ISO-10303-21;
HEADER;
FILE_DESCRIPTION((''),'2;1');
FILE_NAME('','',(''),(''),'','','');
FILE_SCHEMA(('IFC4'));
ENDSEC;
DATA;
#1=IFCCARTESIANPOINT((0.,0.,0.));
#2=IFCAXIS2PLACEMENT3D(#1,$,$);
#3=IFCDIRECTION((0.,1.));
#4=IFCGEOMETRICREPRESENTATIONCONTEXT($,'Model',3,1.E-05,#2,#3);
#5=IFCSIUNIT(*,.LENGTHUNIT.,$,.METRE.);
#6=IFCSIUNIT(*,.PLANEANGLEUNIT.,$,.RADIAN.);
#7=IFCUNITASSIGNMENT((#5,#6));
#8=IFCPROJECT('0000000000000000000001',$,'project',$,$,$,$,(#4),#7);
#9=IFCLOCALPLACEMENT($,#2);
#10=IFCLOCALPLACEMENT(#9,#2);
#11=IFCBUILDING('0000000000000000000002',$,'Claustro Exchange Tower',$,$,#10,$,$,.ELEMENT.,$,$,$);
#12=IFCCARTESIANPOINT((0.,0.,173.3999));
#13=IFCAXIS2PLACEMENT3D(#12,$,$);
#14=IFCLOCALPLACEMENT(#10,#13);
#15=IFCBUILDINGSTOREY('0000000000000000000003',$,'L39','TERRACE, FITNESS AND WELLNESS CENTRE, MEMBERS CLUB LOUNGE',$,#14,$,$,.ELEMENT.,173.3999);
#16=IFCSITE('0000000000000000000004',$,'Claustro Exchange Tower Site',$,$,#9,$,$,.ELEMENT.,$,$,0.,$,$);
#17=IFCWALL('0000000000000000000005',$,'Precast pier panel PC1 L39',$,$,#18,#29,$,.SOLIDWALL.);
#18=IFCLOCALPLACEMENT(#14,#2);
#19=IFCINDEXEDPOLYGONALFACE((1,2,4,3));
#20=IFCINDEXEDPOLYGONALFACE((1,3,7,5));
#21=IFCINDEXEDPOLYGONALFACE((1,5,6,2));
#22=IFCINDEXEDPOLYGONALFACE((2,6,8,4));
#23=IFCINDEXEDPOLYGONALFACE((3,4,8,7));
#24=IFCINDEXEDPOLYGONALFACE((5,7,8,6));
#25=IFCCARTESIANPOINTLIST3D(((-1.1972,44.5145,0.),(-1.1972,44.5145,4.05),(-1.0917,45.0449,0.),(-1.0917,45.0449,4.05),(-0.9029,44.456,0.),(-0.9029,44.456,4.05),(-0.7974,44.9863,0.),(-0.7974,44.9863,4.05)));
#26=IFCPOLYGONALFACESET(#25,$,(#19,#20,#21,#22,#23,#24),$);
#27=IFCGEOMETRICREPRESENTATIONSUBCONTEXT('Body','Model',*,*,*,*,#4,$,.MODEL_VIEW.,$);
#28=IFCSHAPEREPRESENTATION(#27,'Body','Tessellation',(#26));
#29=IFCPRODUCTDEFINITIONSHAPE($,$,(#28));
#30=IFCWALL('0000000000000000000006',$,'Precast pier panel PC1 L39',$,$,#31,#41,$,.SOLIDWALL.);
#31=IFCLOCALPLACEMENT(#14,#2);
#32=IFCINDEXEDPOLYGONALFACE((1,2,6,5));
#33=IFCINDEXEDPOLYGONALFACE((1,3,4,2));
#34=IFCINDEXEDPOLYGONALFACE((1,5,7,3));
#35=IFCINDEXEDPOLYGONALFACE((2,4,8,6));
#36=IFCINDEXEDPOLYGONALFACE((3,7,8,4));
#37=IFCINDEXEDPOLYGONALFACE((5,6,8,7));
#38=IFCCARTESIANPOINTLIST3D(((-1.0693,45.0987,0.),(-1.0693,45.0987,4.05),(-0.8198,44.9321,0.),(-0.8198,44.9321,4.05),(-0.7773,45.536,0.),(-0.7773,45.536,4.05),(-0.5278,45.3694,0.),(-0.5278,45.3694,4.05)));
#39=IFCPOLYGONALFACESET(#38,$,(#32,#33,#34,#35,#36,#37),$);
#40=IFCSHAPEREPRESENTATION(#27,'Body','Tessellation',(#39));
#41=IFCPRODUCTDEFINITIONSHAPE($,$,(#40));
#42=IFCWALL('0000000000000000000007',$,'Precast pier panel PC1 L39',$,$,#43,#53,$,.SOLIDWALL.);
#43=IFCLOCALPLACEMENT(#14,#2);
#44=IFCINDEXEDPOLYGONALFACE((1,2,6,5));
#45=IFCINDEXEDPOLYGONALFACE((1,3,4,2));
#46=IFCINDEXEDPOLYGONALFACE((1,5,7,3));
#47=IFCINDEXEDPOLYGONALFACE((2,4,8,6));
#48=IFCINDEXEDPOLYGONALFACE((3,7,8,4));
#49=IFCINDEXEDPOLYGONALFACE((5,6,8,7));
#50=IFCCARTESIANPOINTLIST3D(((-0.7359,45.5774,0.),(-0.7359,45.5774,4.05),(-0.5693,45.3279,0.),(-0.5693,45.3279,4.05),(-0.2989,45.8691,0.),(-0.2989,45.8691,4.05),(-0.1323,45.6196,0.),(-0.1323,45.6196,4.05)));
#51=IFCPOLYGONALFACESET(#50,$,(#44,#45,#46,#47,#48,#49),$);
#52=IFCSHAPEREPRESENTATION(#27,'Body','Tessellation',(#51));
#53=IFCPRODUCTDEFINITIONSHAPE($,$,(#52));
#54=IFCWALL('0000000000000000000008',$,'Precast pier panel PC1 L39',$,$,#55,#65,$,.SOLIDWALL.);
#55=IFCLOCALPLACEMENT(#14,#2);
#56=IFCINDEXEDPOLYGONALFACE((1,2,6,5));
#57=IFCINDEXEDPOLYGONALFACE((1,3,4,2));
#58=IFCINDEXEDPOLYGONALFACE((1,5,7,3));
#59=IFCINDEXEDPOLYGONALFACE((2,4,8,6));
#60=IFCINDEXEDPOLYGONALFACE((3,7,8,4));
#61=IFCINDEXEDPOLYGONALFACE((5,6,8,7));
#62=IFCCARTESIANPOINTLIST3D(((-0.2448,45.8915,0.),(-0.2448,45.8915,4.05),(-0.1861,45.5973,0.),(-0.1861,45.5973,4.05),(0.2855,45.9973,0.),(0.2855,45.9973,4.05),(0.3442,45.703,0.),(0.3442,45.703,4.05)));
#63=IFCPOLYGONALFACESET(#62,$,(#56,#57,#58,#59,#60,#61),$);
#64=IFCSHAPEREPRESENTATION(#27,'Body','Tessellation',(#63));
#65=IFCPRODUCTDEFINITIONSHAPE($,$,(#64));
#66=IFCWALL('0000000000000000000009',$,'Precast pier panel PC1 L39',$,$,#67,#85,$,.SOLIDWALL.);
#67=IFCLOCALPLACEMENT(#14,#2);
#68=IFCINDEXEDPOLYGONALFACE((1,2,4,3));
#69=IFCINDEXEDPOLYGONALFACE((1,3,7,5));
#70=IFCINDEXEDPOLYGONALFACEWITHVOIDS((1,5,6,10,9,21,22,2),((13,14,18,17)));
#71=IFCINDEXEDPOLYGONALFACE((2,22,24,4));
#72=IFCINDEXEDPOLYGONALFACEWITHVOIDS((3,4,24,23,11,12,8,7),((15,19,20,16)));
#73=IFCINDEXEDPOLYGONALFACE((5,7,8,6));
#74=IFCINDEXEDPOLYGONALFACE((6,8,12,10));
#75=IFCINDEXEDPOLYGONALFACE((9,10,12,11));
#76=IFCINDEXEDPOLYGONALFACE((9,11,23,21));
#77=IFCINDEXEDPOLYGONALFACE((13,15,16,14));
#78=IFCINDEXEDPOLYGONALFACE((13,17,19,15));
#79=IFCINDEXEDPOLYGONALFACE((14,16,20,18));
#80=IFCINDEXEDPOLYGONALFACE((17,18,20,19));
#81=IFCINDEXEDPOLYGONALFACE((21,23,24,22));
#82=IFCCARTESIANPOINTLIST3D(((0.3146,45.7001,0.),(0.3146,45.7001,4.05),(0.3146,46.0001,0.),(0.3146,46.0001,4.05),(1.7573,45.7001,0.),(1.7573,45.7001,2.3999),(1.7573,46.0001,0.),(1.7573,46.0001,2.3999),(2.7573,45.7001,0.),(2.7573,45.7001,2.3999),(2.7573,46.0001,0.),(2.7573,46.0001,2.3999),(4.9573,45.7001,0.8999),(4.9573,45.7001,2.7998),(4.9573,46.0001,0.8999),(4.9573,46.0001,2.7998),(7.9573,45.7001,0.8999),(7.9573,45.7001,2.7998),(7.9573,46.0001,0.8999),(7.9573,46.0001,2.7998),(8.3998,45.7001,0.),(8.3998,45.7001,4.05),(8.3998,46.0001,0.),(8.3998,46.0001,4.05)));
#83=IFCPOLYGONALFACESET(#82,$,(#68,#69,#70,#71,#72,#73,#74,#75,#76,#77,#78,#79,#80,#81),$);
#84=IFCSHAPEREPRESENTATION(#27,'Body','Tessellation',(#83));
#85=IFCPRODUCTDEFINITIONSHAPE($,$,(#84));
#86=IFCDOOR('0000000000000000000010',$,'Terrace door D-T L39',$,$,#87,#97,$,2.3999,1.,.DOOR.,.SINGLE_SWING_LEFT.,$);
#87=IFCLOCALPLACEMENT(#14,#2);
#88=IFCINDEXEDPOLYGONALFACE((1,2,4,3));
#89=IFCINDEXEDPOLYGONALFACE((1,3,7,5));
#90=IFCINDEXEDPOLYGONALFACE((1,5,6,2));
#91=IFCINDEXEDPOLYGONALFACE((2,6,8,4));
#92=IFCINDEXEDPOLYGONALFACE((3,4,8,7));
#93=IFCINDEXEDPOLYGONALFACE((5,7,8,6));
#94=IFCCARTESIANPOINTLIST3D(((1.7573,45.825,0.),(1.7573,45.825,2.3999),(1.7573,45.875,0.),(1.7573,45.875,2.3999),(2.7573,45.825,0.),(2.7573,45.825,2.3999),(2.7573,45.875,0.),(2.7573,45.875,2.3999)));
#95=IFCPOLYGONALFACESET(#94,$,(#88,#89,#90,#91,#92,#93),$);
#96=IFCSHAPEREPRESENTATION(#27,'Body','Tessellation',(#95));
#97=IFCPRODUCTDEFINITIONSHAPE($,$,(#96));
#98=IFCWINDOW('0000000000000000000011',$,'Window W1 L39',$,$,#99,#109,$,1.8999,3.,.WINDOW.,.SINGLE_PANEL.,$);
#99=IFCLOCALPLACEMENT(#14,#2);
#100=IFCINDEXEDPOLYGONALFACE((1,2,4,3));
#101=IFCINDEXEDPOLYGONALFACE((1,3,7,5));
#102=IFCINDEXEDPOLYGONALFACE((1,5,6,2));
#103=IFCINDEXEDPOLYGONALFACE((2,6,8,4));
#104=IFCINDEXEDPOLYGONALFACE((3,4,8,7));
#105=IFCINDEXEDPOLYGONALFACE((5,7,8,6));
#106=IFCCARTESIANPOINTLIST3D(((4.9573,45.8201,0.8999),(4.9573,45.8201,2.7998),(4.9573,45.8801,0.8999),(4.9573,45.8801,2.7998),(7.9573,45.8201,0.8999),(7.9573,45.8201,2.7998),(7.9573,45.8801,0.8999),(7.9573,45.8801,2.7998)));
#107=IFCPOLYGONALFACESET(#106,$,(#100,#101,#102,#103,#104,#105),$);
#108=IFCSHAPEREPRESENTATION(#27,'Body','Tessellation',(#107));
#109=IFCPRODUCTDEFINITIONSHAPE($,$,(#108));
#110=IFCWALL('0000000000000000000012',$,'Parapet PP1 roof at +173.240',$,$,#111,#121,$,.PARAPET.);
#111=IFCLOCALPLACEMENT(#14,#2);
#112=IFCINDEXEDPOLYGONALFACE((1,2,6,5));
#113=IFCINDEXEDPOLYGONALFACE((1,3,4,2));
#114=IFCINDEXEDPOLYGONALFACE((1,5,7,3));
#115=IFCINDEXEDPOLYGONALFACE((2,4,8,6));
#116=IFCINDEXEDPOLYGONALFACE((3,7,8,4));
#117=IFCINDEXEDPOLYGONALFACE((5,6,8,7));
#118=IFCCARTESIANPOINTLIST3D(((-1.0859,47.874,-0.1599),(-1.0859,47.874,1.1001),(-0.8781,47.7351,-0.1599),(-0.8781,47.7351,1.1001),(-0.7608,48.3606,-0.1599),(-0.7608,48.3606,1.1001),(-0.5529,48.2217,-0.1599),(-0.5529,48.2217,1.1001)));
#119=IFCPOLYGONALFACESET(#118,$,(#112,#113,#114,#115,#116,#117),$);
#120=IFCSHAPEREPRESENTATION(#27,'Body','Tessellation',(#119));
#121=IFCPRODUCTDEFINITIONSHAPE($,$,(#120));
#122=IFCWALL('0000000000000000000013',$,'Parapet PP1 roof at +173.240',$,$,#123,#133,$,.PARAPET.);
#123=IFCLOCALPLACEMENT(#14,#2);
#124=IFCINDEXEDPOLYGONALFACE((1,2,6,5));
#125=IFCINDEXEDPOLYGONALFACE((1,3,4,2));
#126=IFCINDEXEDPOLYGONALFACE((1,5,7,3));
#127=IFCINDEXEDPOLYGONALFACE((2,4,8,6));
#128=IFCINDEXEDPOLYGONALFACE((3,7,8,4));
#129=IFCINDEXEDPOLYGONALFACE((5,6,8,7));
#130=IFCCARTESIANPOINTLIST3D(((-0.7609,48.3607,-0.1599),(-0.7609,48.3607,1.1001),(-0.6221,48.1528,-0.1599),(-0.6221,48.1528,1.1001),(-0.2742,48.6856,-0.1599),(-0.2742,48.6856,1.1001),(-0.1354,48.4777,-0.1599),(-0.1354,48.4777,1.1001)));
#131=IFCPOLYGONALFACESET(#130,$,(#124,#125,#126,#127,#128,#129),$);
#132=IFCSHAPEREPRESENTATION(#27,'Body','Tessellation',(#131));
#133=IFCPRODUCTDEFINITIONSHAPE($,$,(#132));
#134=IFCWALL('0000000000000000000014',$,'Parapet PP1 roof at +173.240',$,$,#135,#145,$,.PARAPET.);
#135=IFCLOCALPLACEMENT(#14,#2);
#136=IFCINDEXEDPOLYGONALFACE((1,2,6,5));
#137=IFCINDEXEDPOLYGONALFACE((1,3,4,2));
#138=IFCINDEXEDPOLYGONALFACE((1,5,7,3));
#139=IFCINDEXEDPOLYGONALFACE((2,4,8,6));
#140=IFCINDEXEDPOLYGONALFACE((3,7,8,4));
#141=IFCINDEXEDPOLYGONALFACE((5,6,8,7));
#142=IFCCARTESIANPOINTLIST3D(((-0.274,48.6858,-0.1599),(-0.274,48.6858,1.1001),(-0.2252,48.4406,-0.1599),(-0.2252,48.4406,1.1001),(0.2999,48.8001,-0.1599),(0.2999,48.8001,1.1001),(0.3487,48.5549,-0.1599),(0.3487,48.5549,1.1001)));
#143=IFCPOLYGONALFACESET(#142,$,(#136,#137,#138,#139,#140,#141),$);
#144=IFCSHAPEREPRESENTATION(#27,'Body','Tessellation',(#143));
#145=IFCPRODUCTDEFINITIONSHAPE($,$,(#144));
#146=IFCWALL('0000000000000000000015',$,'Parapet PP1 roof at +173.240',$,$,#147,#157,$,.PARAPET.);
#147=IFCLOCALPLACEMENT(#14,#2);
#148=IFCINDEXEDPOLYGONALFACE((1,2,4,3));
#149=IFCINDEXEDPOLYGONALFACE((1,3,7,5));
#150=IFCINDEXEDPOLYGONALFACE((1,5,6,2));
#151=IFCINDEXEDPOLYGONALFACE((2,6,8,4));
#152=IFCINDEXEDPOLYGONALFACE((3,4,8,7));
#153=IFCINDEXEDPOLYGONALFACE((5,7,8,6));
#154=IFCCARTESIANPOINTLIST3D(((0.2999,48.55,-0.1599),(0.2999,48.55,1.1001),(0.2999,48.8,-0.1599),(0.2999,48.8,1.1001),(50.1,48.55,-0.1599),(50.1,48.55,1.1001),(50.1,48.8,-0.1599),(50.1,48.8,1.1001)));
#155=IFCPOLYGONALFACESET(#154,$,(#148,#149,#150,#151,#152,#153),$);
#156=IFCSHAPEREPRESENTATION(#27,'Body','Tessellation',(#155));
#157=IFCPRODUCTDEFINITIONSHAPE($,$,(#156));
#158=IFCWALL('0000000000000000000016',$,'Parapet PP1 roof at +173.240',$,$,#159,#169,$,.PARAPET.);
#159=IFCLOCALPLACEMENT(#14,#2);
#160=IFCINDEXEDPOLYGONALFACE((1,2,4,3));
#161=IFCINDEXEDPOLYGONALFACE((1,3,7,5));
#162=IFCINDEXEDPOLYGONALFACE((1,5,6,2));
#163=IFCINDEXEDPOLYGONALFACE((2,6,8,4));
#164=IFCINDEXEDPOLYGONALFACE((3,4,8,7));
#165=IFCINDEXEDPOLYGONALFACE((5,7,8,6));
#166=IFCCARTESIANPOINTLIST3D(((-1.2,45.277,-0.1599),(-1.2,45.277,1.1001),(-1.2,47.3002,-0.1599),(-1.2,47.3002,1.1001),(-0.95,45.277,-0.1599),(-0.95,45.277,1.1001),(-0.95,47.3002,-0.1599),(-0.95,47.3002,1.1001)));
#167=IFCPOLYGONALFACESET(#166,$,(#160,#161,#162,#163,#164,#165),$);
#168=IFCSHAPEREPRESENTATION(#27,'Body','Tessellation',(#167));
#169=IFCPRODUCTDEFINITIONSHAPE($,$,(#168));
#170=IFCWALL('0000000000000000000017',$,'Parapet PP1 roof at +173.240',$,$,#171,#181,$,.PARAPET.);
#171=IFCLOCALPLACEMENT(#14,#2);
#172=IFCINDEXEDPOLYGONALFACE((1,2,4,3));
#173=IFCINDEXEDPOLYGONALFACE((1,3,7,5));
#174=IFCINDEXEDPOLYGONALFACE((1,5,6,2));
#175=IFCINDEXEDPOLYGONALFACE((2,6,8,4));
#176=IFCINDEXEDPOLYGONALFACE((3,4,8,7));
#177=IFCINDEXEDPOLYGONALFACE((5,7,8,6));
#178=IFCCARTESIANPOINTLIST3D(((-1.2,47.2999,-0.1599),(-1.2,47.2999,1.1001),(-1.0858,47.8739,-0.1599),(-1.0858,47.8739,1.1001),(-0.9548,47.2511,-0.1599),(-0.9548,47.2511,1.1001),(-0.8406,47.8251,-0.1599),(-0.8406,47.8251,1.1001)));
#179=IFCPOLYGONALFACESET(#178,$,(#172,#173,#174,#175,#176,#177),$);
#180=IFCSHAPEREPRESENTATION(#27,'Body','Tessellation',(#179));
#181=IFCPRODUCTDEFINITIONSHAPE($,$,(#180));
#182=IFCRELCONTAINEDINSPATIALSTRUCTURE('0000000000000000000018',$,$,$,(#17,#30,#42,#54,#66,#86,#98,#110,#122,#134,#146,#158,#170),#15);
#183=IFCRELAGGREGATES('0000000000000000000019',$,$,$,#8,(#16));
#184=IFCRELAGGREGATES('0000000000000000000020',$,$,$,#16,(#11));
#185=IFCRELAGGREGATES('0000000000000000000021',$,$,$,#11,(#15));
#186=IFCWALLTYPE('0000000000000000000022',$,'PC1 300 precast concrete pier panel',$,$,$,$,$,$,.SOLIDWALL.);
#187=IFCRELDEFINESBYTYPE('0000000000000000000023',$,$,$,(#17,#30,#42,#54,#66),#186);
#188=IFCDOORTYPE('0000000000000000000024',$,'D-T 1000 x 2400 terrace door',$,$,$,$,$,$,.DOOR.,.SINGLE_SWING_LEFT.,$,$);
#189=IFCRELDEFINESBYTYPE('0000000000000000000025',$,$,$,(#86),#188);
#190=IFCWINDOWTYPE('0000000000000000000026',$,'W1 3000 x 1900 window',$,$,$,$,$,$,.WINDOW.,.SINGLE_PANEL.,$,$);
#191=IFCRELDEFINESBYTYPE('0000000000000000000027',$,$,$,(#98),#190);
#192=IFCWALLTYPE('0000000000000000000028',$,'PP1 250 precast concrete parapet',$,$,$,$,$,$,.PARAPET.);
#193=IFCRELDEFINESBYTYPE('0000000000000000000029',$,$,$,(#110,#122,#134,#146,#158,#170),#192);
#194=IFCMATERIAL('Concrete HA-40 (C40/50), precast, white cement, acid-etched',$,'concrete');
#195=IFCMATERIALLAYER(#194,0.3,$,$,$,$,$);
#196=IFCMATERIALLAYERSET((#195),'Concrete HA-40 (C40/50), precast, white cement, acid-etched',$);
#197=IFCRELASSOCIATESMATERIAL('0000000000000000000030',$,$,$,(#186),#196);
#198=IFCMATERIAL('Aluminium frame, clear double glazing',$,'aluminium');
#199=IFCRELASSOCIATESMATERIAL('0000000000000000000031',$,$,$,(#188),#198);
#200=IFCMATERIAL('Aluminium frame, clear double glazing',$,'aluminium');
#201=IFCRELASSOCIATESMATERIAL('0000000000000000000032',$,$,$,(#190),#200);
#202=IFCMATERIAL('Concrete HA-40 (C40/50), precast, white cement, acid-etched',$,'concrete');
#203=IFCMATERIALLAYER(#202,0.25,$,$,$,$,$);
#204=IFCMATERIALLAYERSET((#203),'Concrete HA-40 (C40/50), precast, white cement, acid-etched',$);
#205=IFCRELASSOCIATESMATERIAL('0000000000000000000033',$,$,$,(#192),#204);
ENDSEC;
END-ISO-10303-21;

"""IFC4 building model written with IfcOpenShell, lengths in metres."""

from ifc_helpers import new_model, si_unit, direction, frame, frame_2d, origin, place, context, subcontext, project, spatial, rectangle, extrude, material, layer, layer_set, type_object, element, fill, save


model = new_model("IFC4")

# Units and contexts
model_context = context("Model", 3, precision=1e-05, world=origin(), true_north=direction((0.0, 1.0)))
body_context = subcontext(model_context, "Body", "Model", "MODEL_VIEW")
ifc_project = project(units=[si_unit("LENGTHUNIT", "METRE"), si_unit("PLANEANGLEUNIT", "RADIAN")], contexts=[model_context])

# Site, building, storey
site_placement = place(None, origin())
site = spatial("IfcSite", under=ifc_project, at=site_placement, Name="Claustro Exchange Tower Site", CompositionType="ELEMENT", RefElevation=0.0)
building_placement = place(site_placement, origin())
building = spatial("IfcBuilding", under=site, at=building_placement, Name="Claustro Exchange Tower", CompositionType="ELEMENT")
storey_placement = place(building_placement, frame((0.0, 0.0, 173.3999)))
storey = spatial("IfcBuildingStorey", under=building, at=storey_placement, Name="L39", Description="TERRACE, FITNESS AND WELLNESS CENTRE, MEMBERS CLUB LOUNGE", CompositionType="ELEMENT", Elevation=173.3999)

# Shared definitions
ifc_material_1 = material(Name="Concrete HA-40 (C40/50), precast, white cement, acid-etched", Category="concrete")
ifc_layer_1 = layer(ifc_material_1, 0.3)
ifc_layer_set_1 = layer_set([ifc_layer_1], Name="Concrete HA-40 (C40/50), precast, white cement, acid-etched")
wall_type_1 = type_object("IfcWallType", Name="PC1 300 precast concrete pier panel", PredefinedType="SOLIDWALL", material=ifc_layer_set_1)

# Walls
wall_1_placement = place(storey_placement, frame((-1.05, 44.4851, 0.0), z_axis=(0.0, 0.0, 1.0), x_axis=(0.195074, 0.980789, 0.0)))
element("IfcWall", 1, at=wall_1_placement, inside=storey, type_object=wall_type_1, Name="Precast pier panel PC1 L39", PredefinedType="SOLIDWALL", context=body_context, shape_type="SweptSolid", body=[
    extrude(rectangle(XDim=0.5408, YDim=0.3, at=frame_2d((0.2705, 0.0))), origin(), (0.0, 0.0, 1.0), 4.05),
])
wall_2_placement = place(storey_placement, frame((-0.9446, 45.0154, 0.0), z_axis=(0.0, 0.0, 1.0), x_axis=(0.555343, 0.831621, 0.0)))
element("IfcWall", 2, at=wall_2_placement, inside=storey, type_object=wall_type_1, Name="Precast pier panel PC1 L39", PredefinedType="SOLIDWALL", context=body_context, shape_type="SweptSolid", body=[
    extrude(rectangle(XDim=0.5259, YDim=0.3, at=frame_2d((0.2629, 0.0))), origin(), (0.0, 0.0, 1.0), 4.05),
])
wall_3_placement = place(storey_placement, frame((-0.6526, 45.4526, 0.0), z_axis=(0.0, 0.0, 1.0), x_axis=(0.831693, 0.555236, 0.0)))
element("IfcWall", 3, at=wall_3_placement, inside=storey, type_object=wall_type_1, Name="Precast pier panel PC1 L39", PredefinedType="SOLIDWALL", context=body_context, shape_type="SweptSolid", body=[
    extrude(rectangle(XDim=0.5254, YDim=0.3, at=frame_2d((0.2627, 0.0))), origin(), (0.0, 0.0, 1.0), 4.05),
])
wall_4_placement = place(storey_placement, frame((-0.2156, 45.7444, 0.0), z_axis=(0.0, 0.0, 1.0), x_axis=(0.980702, 0.195508, 0.0)))
element("IfcWall", 4, at=wall_4_placement, inside=storey, type_object=wall_type_1, Name="Precast pier panel PC1 L39", PredefinedType="SOLIDWALL", context=body_context, shape_type="SweptSolid", body=[
    extrude(rectangle(XDim=0.5408, YDim=0.3, at=frame_2d((0.2705, 0.0))), origin(), (0.0, 0.0, 1.0), 4.05),
])

# Wall, openings, door, window
wall_5_placement = place(storey_placement, frame((0.3147, 45.8501, 0.0), z_axis=(0.0, 0.0, 1.0), x_axis=(1.0, 0.0, 0.0)))
wall_5 = element("IfcWall", 5, at=wall_5_placement, inside=storey, type_object=wall_type_1, Name="Precast pier panel PC1 L39", PredefinedType="SOLIDWALL", context=body_context, shape_type="SweptSolid", body=[
    extrude(rectangle(XDim=8.0852, YDim=0.3, at=frame_2d((4.0425, 0.0))), origin(), (0.0, 0.0, 1.0), 4.05),
])
opening_1_placement = place(wall_5_placement, frame((4.6426, 0.0, 0.8999)))
opening_1 = element("IfcOpeningElement", 6, at=opening_1_placement, cuts=wall_5, PredefinedType="OPENING", context=body_context, shape_type="SweptSolid", body=[
    extrude(rectangle(XDim=3.0, YDim=1.8999, at=frame_2d((1.5, 0.95))), frame((0.0, 0.1599, 0.0), z_axis=(0.0, -1.0, 0.0), x_axis=(1.0, 0.0, 0.0)), (0.0, 0.0, 1.0), 0.3201),
])
opening_2_placement = place(wall_5_placement, frame((1.4426, 0.0, 0.0)))
opening_2 = element("IfcOpeningElement", 7, at=opening_2_placement, cuts=wall_5, PredefinedType="OPENING", context=body_context, shape_type="SweptSolid", body=[
    extrude(rectangle(XDim=1.0, YDim=2.3999, at=frame_2d((0.5, 1.2))), frame((0.0, 0.1599, 0.0), z_axis=(0.0, -1.0, 0.0), x_axis=(1.0, 0.0, 0.0)), (0.0, 0.0, 1.0), 0.3201),
])
ifc_material_2 = material(Name="Aluminium frame, clear double glazing", Category="aluminium")
door_type_1 = type_object("IfcDoorType", Name="D-T 1000 x 2400 terrace door", OperationType="SINGLE_SWING_LEFT", PredefinedType="DOOR", material=ifc_material_2)
door_1_placement = place(opening_2_placement, origin())
door_1 = element("IfcDoor", 8, at=door_1_placement, inside=storey, type_object=door_type_1, Name="Terrace door D-T L39", OperationType="SINGLE_SWING_LEFT", OverallHeight=2.3999, OverallWidth=1.0, PredefinedType="DOOR", context=body_context, shape_type="SweptSolid", body=[
    extrude(rectangle(XDim=1.0, YDim=2.3999, at=frame_2d((0.5, 1.2))), frame((0.0, 0.0249, 0.0), z_axis=(0.0, -1.0, 0.0), x_axis=(1.0, 0.0, 0.0)), (0.0, 0.0, 1.0), 0.05),
])
fill(opening_2, door_1)
ifc_material_3 = material(Name="Aluminium frame, clear double glazing", Category="aluminium")
window_type_1 = type_object("IfcWindowType", Name="W1 3000 x 1900 window", PartitioningType="SINGLE_PANEL", PredefinedType="WINDOW", material=ifc_material_3)
window_1_placement = place(opening_1_placement, origin())
window_1 = element("IfcWindow", 9, at=window_1_placement, inside=storey, type_object=window_type_1, Name="Window W1 L39", OverallHeight=1.8999, OverallWidth=3.0, PartitioningType="SINGLE_PANEL", PredefinedType="WINDOW", context=body_context, shape_type="SweptSolid", body=[
    extrude(rectangle(XDim=3.0, YDim=1.8999, at=frame_2d((1.5, 0.95))), frame((0.0, 0.03, 0.0), z_axis=(0.0, -1.0, 0.0), x_axis=(1.0, 0.0, 0.0)), (0.0, 0.0, 1.0), 0.0601),
])
fill(opening_1, window_1)

# Walls
ifc_material_4 = material(Name="Concrete HA-40 (C40/50), precast, white cement, acid-etched", Category="concrete")
ifc_layer_2 = layer(ifc_material_4, 0.25)
ifc_layer_set_2 = layer_set([ifc_layer_2], Name="Concrete HA-40 (C40/50), precast, white cement, acid-etched")
wall_type_2 = type_object("IfcWallType", Name="PP1 250 precast concrete parapet", PredefinedType="PARAPET", material=ifc_layer_set_2)
for number, where, z_axis, x_axis, name in (
    (10, (-0.9819, 47.8047, -0.1599), (0.0, 0.0, 1.0), (0.555663, 0.831408, 0.0), "Parapet PP1 roof at +173.240"),
    (11, (-0.6914, 48.2568, -0.1599), (0.0, 0.0, 1.0), (0.831729, 0.555181, 0.0), "Parapet PP1 roof at +173.240"),
    (12, (-0.2495, 48.5632, -0.1599), (0.0, 0.0, 1.0), (0.980757, 0.195234, 0.0), "Parapet PP1 roof at +173.240"),
):
    element("IfcWall", number, at=place(storey_placement, frame(where, z_axis=z_axis, x_axis=x_axis)), inside=storey, type_object=wall_type_2, Name=name, PredefinedType="PARAPET", context=body_context, shape_type="SweptSolid", body=[
        extrude(rectangle(XDim=0.5852, YDim=0.25, at=frame_2d((0.2925, 0.0))), origin(), (0.0, 0.0, 1.0), 1.26),
    ])
wall_6_placement = place(storey_placement, frame((0.3, 48.675, -0.1599), z_axis=(0.0, 0.0, 1.0), x_axis=(1.0, 0.0, 0.0)))
element("IfcWall", 13, at=wall_6_placement, inside=storey, type_object=wall_type_2, Name="Parapet PP1 roof at +173.240", PredefinedType="PARAPET", context=body_context, shape_type="SweptSolid", body=[
    extrude(rectangle(XDim=49.8, YDim=0.25, at=frame_2d((24.8999, 0.0))), origin(), (0.0, 0.0, 1.0), 1.26),
])
wall_7_placement = place(storey_placement, frame((-1.075, 45.2769, -0.1599), z_axis=(0.0, 0.0, 1.0), x_axis=(0.0, 1.0, 0.0)))
element("IfcWall", 14, at=wall_7_placement, inside=storey, type_object=wall_type_2, Name="Parapet PP1 roof at +173.240", PredefinedType="PARAPET", context=body_context, shape_type="SweptSolid", body=[
    extrude(rectangle(XDim=2.0232, YDim=0.25, at=frame_2d((1.0117, 0.0))), origin(), (0.0, 0.0, 1.0), 1.26),
])
wall_8_placement = place(storey_placement, frame((-1.0774, 47.2756, -0.1599), z_axis=(0.0, 0.0, 1.0), x_axis=(0.195234, 0.980757, 0.0)))
element("IfcWall", 15, at=wall_8_placement, inside=storey, type_object=wall_type_2, Name="Parapet PP1 roof at +173.240", PredefinedType="PARAPET", context=body_context, shape_type="SweptSolid", body=[
    extrude(rectangle(XDim=0.5852, YDim=0.25, at=frame_2d((0.2925, 0.0))), origin(), (0.0, 0.0, 1.0), 1.26),
])

save(model, "model.ifc")
